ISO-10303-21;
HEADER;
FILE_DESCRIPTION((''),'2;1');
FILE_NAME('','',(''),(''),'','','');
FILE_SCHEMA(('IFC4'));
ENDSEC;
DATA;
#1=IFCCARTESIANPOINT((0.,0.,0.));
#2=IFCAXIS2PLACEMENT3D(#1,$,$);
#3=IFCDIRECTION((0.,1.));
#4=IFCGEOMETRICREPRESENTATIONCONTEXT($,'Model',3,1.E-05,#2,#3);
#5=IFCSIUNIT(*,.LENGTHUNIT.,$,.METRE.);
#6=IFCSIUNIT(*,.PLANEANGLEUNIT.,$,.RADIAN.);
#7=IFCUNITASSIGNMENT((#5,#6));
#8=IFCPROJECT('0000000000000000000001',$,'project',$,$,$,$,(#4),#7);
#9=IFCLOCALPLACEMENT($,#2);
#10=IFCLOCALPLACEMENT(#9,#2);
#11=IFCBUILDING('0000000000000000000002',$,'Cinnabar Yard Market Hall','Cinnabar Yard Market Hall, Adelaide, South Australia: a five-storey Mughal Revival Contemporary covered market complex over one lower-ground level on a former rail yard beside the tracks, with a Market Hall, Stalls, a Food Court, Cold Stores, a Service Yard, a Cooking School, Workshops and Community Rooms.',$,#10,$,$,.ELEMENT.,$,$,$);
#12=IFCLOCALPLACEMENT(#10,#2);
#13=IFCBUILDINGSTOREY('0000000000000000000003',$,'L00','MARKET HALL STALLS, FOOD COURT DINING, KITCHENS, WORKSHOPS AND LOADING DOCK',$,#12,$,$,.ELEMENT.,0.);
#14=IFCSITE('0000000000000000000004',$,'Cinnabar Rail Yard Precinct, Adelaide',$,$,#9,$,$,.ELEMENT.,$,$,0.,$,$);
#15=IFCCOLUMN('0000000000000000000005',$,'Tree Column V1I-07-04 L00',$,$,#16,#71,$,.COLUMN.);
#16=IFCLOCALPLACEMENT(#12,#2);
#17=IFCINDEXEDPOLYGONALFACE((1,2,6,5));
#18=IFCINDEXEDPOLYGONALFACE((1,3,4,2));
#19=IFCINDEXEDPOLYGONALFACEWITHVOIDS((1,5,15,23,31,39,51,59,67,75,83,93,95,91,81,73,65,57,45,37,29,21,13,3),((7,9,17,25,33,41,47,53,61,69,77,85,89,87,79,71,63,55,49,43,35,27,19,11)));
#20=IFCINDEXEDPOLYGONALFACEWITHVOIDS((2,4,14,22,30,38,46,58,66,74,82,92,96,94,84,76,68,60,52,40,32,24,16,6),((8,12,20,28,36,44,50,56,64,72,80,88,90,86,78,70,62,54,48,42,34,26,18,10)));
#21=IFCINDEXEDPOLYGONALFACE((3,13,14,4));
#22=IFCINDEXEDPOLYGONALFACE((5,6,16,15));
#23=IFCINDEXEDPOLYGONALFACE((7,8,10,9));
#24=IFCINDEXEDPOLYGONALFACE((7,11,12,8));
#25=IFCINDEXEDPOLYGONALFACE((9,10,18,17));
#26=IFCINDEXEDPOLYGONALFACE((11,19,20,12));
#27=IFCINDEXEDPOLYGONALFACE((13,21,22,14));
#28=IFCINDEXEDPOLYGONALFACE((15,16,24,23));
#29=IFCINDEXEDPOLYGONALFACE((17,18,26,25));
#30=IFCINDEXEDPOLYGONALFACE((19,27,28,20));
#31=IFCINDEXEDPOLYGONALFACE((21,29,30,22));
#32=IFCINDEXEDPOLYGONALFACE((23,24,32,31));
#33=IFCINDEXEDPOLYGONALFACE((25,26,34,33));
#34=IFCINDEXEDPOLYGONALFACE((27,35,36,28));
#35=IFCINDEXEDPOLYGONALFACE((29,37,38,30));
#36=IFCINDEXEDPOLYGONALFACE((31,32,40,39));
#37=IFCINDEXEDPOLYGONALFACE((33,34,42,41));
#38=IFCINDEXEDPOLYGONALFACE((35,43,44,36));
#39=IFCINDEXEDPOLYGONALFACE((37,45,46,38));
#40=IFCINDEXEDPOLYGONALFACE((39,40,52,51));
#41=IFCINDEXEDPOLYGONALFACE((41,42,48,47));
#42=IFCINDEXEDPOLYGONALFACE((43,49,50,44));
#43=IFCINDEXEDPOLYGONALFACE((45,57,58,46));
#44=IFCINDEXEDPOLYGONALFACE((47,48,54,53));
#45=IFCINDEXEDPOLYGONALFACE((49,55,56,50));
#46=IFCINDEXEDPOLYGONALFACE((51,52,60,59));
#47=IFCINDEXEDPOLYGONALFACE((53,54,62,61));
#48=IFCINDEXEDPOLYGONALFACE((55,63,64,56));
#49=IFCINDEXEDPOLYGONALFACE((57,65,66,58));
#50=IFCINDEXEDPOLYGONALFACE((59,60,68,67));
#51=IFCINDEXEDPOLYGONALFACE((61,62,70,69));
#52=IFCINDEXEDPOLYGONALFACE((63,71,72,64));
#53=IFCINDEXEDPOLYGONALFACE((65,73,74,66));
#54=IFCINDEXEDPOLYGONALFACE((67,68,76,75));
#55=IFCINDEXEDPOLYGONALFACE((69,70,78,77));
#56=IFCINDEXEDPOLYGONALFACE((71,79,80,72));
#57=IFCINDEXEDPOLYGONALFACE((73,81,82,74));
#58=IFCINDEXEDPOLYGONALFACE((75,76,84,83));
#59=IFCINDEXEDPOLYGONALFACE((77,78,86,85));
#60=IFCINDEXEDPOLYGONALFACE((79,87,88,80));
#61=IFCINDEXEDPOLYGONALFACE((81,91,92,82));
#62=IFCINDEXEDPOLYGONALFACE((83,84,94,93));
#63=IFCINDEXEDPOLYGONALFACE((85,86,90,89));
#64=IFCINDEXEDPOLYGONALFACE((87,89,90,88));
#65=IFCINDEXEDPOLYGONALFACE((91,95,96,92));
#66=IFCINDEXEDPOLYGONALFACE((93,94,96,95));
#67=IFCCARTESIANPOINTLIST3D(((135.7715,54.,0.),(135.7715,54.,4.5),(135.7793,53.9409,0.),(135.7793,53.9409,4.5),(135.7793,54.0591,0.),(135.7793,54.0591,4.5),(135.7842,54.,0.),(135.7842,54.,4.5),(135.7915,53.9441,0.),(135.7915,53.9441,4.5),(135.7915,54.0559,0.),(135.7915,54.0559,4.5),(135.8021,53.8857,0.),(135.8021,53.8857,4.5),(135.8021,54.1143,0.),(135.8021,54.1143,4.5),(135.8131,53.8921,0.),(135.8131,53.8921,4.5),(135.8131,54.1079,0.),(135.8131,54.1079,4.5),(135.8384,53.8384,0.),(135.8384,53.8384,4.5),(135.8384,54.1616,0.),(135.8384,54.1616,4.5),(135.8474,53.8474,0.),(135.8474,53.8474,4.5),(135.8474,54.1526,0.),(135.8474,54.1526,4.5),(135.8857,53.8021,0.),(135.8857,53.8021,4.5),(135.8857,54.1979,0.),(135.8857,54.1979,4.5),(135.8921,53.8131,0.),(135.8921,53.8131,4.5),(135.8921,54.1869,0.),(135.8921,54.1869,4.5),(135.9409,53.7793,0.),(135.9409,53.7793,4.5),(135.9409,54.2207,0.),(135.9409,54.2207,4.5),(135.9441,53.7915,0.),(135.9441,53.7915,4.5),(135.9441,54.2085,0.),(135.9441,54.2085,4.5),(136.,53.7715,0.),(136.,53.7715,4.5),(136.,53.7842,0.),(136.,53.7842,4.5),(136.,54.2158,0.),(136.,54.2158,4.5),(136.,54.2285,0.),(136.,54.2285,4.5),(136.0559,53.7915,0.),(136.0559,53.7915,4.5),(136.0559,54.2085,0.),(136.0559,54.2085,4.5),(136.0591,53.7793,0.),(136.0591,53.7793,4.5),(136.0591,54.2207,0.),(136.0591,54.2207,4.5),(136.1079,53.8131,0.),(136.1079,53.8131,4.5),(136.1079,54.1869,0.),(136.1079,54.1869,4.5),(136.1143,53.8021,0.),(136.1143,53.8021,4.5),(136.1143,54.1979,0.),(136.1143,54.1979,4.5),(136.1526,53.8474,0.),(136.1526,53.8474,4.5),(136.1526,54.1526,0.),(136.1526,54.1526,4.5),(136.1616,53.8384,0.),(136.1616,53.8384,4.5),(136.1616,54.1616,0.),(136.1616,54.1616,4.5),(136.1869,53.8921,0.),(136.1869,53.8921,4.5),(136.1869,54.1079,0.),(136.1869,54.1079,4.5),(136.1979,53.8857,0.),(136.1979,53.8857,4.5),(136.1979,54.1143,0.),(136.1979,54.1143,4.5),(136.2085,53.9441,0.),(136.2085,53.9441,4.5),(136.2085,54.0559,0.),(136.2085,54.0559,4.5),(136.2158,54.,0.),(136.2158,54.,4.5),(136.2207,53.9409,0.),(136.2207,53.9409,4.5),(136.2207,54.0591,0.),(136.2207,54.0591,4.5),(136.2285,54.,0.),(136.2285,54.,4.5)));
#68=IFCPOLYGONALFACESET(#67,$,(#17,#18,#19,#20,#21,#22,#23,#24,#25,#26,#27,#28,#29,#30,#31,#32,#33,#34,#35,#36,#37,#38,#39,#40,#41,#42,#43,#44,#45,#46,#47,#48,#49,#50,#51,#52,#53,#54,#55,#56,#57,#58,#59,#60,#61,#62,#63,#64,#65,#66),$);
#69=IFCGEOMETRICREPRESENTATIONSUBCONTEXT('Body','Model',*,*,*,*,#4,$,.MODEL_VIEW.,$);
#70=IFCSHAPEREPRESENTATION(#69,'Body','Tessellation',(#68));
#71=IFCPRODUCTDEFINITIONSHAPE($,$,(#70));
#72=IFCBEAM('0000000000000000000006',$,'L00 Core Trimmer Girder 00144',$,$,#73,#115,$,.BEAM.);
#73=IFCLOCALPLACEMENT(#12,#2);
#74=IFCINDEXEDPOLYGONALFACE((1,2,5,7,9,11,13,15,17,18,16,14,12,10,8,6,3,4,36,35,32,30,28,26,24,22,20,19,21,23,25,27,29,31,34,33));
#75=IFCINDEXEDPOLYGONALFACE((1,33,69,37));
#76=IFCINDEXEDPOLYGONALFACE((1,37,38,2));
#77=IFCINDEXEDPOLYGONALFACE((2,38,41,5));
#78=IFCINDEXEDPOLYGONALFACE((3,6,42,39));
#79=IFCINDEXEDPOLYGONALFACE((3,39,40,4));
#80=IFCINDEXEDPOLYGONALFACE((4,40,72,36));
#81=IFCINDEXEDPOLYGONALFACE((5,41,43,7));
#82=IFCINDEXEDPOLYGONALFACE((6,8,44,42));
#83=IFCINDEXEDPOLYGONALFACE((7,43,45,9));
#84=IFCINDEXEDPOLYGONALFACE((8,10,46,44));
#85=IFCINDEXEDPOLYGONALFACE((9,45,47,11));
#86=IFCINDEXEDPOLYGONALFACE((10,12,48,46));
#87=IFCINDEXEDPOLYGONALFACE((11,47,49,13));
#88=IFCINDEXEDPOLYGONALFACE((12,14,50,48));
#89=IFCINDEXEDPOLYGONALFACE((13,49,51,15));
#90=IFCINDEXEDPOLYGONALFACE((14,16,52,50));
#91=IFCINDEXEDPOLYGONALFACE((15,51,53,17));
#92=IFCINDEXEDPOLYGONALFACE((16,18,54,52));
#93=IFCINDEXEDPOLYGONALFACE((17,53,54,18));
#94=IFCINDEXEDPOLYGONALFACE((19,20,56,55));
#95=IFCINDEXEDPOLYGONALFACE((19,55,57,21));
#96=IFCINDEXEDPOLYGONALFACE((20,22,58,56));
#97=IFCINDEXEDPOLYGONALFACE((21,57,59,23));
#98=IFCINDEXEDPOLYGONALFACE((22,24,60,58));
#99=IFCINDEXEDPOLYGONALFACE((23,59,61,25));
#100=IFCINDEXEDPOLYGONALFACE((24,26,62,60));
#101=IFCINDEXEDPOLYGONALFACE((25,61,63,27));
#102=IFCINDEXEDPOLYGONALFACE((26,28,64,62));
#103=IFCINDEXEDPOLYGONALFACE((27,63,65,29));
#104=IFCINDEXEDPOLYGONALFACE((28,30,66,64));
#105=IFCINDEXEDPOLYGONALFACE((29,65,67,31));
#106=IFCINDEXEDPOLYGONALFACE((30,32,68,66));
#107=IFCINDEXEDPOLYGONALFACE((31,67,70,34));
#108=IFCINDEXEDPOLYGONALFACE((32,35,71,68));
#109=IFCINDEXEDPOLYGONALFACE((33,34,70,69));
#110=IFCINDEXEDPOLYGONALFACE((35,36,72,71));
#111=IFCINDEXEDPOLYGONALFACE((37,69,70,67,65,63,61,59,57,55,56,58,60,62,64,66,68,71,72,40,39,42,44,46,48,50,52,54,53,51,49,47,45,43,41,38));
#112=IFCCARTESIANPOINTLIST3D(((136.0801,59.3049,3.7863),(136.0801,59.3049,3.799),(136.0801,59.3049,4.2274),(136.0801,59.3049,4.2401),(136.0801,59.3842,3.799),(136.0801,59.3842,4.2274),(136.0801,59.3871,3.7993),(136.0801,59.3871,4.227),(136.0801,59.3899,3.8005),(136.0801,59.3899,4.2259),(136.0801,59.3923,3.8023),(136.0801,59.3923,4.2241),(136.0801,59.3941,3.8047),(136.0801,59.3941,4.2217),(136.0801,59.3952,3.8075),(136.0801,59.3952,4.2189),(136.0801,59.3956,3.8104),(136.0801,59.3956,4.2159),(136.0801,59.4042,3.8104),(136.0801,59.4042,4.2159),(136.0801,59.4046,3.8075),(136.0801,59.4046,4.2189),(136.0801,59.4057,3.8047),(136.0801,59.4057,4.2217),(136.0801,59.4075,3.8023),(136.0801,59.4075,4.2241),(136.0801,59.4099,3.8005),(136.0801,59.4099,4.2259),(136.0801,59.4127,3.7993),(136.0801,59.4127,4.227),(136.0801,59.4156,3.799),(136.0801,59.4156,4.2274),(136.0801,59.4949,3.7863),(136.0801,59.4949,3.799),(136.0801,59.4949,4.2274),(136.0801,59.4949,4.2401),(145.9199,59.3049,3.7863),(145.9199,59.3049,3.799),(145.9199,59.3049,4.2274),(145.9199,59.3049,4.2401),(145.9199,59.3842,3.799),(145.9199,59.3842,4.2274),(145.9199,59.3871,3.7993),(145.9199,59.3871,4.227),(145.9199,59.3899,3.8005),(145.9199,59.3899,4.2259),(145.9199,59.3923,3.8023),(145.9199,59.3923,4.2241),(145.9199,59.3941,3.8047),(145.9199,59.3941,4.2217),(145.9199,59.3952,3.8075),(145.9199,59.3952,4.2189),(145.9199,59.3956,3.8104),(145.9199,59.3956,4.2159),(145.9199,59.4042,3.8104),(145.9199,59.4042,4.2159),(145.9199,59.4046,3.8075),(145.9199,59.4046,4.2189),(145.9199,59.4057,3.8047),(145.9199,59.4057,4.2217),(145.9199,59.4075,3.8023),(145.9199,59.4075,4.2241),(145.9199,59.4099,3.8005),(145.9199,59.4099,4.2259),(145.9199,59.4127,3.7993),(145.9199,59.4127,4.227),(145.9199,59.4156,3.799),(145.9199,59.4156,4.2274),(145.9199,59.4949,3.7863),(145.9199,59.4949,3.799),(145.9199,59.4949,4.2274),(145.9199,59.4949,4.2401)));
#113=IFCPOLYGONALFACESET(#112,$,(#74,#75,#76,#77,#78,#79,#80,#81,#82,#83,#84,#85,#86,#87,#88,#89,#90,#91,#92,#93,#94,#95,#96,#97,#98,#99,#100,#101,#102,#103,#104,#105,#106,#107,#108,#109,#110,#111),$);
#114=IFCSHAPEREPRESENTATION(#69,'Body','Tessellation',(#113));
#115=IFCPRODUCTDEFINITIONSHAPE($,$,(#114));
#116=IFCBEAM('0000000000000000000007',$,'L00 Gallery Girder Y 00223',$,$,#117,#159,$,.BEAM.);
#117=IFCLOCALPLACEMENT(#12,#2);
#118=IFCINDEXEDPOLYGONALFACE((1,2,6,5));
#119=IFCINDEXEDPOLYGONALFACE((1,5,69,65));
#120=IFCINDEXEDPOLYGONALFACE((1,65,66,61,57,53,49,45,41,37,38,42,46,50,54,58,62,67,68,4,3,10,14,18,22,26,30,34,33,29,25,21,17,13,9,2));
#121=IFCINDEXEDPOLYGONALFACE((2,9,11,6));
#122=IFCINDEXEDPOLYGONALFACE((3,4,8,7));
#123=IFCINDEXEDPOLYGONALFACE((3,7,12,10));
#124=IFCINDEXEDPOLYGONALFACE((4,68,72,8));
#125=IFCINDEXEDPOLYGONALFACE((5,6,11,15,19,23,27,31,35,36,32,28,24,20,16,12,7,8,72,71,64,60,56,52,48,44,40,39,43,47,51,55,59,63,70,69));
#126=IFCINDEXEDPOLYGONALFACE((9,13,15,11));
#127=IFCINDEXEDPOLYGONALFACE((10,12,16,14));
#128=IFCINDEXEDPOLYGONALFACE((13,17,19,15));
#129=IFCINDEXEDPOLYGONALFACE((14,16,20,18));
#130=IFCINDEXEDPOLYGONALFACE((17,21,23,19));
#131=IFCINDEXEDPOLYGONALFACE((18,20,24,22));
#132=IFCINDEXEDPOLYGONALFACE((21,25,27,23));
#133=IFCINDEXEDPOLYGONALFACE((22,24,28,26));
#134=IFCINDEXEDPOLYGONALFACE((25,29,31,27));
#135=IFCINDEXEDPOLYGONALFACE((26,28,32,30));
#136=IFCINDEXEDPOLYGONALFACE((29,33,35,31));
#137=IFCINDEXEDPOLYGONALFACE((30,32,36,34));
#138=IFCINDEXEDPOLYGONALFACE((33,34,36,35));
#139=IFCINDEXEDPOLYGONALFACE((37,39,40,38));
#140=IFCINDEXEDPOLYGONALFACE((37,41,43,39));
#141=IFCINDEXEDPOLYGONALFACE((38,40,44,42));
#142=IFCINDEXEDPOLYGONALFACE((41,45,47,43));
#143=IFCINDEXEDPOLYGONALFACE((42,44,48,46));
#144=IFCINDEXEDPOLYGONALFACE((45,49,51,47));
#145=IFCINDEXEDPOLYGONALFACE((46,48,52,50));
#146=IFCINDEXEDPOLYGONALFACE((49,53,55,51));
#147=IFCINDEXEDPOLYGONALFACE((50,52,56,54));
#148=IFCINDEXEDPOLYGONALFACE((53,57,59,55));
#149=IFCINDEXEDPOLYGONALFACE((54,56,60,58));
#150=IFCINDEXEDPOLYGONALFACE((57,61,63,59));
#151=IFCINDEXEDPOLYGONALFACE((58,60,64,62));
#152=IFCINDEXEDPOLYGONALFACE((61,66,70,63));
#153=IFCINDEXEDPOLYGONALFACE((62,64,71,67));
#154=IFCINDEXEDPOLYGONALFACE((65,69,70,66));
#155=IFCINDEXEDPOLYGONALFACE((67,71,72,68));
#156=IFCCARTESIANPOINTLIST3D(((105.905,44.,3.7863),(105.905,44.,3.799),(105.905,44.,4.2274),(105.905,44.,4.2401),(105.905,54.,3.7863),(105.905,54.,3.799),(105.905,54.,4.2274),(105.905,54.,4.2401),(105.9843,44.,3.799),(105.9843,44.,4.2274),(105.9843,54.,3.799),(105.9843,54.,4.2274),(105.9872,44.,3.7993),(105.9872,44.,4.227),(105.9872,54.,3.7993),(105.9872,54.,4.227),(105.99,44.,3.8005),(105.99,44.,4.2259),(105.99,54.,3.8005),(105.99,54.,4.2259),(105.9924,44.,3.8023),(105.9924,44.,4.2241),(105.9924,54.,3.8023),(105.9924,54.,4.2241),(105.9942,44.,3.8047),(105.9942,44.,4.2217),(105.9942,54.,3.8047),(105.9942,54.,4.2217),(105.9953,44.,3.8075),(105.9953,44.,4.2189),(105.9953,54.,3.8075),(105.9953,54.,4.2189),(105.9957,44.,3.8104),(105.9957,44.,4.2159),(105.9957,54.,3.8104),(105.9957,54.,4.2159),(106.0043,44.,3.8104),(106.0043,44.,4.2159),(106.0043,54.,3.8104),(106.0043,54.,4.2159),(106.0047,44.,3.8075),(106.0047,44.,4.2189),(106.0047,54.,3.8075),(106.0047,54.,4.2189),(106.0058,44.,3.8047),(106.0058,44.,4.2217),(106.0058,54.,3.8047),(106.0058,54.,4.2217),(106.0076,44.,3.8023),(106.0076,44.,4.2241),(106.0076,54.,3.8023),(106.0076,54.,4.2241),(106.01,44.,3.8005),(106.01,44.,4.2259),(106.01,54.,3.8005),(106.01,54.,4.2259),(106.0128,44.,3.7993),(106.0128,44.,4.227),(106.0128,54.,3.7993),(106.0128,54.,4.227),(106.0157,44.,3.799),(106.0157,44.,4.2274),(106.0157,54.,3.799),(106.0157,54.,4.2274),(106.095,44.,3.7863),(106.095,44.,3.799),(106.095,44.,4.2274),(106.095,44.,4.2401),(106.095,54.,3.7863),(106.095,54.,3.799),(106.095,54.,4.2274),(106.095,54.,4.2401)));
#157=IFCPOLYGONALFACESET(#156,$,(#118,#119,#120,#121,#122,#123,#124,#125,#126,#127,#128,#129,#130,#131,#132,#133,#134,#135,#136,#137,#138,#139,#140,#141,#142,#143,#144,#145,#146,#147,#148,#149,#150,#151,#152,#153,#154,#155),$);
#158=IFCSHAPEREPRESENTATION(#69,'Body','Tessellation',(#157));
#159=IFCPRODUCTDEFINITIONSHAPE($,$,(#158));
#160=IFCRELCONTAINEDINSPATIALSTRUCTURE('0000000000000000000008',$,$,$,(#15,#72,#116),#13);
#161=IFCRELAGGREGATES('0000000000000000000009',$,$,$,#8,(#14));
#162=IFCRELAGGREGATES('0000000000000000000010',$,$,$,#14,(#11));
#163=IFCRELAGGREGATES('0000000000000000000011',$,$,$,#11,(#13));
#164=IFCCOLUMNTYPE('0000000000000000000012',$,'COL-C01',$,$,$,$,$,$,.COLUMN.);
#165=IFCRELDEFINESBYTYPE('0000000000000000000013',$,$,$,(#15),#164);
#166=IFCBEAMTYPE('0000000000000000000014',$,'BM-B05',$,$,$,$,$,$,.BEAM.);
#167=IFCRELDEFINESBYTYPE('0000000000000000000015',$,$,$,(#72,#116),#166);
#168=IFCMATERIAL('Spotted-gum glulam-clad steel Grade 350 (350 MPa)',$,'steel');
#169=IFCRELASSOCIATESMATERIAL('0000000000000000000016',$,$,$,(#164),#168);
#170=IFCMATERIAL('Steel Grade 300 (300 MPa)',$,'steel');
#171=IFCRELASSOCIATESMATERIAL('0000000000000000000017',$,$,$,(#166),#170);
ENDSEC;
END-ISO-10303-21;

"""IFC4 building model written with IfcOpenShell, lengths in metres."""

from ifc_helpers import new_model, si_unit, direction, frame, origin, origin_2d_with_axis, place, context, subcontext, project, spatial, hollow_circle, i_section, extrude, material, material_profile, profile_set, type_object, element, save


model = new_model("IFC4")

# Units and contexts
model_context = context("Model", 3, precision=1e-05, world=origin(), true_north=direction((0.0, 1.0)))
body_context = subcontext(model_context, "Body", "Model", "MODEL_VIEW")
ifc_project = project(units=[si_unit("LENGTHUNIT", "METRE"), si_unit("PLANEANGLEUNIT", "RADIAN")], contexts=[model_context])

# Site, building, storey
site_placement = place(None, origin())
site = spatial("IfcSite", under=ifc_project, at=site_placement, Name="Cinnabar Rail Yard Precinct, Adelaide", CompositionType="ELEMENT", RefElevation=0.0)
building_placement = place(site_placement, origin())
building = spatial("IfcBuilding", under=site, at=building_placement, Name="Cinnabar Yard Market Hall", Description="Cinnabar Yard Market Hall, Adelaide, South Australia: a five-storey Mughal Revival Contemporary covered market complex over one lower-ground level on a former rail yard beside the tracks, with a Market Hall, Stalls, a Food Court, Cold Stores, a Service Yard, a Cooking School, Workshops and Community Rooms.", CompositionType="ELEMENT")
storey_placement = place(building_placement, origin())
storey = spatial("IfcBuildingStorey", under=building, at=storey_placement, Name="L00", Description="MARKET HALL STALLS, FOOD COURT DINING, KITCHENS, WORKSHOPS AND LOADING DOCK", CompositionType="ELEMENT", Elevation=0.0)

# Column
ifc_material_1 = material(Name="Spotted-gum glulam-clad steel Grade 350 (350 MPa)", Category="steel")
ifc_material_profile_1 = material_profile(ifc_material_1, hollow_circle(Radius=0.2285, WallThickness=0.0127, at=origin_2d_with_axis()), Name="457.0x12.7CHS")
ifc_profile_set_1 = profile_set([ifc_material_profile_1], Name="Spotted-gum glulam-clad steel Grade 350 (350 MPa)")
column_type = type_object("IfcColumnType", Name="COL-C01", PredefinedType="COLUMN", material=ifc_profile_set_1)
for number, where, z_axis, x_axis, name in (
    (1, (136.0, 54.0, 0.0), (0.0, 0.0, 1.0), (1.0, 0.0, 0.0), "Tree Column V1I-07-04 L00"),
):
    element("IfcColumn", number, at=place(storey_placement, frame(where, z_axis=z_axis, x_axis=x_axis)), inside=storey, type_object=column_type, Name=name, PredefinedType="COLUMN", context=body_context, shape_type="SweptSolid", body=[
        extrude(hollow_circle(Radius=0.2285, WallThickness=0.0127, at=origin_2d_with_axis()), origin(), (0.0, 0.0, 1.0), 4.5),
    ])

# Beams
ifc_material_2 = material(Name="Steel Grade 300 (300 MPa)", Category="steel")
ifc_material_profile_2 = material_profile(ifc_material_2, i_section(OverallWidth=0.1899, OverallDepth=0.4539, WebThickness=0.0085, FlangeThickness=0.0127, FilletRadius=0.0115, at=origin_2d_with_axis()), Name="460UB67.1")
ifc_profile_set_2 = profile_set([ifc_material_profile_2], Name="Steel Grade 300 (300 MPa)")
beam_type_1 = type_object("IfcBeamType", Name="BM-B05", PredefinedType="BEAM", material=ifc_profile_set_2)
beam_1_placement = place(storey_placement, frame((136.0801, 59.3999, 4.0132), z_axis=(1.0, 0.0, 0.0), x_axis=(0.0, 1.0, 0.0)))
element("IfcBeam", 2, at=beam_1_placement, inside=storey, type_object=beam_type_1, Name="L00 Core Trimmer Girder 00144", PredefinedType="BEAM", context=body_context, shape_type="SweptSolid", body=[
    extrude(i_section(OverallWidth=0.1899, OverallDepth=0.4539, WebThickness=0.0085, FlangeThickness=0.0127, FilletRadius=0.0115, at=origin_2d_with_axis()), origin(), (0.0, 0.0, 1.0), 9.8398),
])
for number, where, z_axis, x_axis, name in (
    (3, (106.0, 44.0, 4.0132), (0.0, 1.0, 0.0), (-1.0, 0.0, 0.0), "L00 Gallery Girder Y 00223"),
):
    element("IfcBeam", number, at=place(storey_placement, frame(where, z_axis=z_axis, x_axis=x_axis)), inside=storey, type_object=beam_type_1, Name=name, PredefinedType="BEAM", context=body_context, shape_type="SweptSolid", body=[
        extrude(i_section(OverallWidth=0.1899, OverallDepth=0.4539, WebThickness=0.0085, FlangeThickness=0.0127, FilletRadius=0.0115, at=origin_2d_with_axis()), origin(), (0.0, 0.0, 1.0), 10.0),
    ])

save(model, "model.ifc")
